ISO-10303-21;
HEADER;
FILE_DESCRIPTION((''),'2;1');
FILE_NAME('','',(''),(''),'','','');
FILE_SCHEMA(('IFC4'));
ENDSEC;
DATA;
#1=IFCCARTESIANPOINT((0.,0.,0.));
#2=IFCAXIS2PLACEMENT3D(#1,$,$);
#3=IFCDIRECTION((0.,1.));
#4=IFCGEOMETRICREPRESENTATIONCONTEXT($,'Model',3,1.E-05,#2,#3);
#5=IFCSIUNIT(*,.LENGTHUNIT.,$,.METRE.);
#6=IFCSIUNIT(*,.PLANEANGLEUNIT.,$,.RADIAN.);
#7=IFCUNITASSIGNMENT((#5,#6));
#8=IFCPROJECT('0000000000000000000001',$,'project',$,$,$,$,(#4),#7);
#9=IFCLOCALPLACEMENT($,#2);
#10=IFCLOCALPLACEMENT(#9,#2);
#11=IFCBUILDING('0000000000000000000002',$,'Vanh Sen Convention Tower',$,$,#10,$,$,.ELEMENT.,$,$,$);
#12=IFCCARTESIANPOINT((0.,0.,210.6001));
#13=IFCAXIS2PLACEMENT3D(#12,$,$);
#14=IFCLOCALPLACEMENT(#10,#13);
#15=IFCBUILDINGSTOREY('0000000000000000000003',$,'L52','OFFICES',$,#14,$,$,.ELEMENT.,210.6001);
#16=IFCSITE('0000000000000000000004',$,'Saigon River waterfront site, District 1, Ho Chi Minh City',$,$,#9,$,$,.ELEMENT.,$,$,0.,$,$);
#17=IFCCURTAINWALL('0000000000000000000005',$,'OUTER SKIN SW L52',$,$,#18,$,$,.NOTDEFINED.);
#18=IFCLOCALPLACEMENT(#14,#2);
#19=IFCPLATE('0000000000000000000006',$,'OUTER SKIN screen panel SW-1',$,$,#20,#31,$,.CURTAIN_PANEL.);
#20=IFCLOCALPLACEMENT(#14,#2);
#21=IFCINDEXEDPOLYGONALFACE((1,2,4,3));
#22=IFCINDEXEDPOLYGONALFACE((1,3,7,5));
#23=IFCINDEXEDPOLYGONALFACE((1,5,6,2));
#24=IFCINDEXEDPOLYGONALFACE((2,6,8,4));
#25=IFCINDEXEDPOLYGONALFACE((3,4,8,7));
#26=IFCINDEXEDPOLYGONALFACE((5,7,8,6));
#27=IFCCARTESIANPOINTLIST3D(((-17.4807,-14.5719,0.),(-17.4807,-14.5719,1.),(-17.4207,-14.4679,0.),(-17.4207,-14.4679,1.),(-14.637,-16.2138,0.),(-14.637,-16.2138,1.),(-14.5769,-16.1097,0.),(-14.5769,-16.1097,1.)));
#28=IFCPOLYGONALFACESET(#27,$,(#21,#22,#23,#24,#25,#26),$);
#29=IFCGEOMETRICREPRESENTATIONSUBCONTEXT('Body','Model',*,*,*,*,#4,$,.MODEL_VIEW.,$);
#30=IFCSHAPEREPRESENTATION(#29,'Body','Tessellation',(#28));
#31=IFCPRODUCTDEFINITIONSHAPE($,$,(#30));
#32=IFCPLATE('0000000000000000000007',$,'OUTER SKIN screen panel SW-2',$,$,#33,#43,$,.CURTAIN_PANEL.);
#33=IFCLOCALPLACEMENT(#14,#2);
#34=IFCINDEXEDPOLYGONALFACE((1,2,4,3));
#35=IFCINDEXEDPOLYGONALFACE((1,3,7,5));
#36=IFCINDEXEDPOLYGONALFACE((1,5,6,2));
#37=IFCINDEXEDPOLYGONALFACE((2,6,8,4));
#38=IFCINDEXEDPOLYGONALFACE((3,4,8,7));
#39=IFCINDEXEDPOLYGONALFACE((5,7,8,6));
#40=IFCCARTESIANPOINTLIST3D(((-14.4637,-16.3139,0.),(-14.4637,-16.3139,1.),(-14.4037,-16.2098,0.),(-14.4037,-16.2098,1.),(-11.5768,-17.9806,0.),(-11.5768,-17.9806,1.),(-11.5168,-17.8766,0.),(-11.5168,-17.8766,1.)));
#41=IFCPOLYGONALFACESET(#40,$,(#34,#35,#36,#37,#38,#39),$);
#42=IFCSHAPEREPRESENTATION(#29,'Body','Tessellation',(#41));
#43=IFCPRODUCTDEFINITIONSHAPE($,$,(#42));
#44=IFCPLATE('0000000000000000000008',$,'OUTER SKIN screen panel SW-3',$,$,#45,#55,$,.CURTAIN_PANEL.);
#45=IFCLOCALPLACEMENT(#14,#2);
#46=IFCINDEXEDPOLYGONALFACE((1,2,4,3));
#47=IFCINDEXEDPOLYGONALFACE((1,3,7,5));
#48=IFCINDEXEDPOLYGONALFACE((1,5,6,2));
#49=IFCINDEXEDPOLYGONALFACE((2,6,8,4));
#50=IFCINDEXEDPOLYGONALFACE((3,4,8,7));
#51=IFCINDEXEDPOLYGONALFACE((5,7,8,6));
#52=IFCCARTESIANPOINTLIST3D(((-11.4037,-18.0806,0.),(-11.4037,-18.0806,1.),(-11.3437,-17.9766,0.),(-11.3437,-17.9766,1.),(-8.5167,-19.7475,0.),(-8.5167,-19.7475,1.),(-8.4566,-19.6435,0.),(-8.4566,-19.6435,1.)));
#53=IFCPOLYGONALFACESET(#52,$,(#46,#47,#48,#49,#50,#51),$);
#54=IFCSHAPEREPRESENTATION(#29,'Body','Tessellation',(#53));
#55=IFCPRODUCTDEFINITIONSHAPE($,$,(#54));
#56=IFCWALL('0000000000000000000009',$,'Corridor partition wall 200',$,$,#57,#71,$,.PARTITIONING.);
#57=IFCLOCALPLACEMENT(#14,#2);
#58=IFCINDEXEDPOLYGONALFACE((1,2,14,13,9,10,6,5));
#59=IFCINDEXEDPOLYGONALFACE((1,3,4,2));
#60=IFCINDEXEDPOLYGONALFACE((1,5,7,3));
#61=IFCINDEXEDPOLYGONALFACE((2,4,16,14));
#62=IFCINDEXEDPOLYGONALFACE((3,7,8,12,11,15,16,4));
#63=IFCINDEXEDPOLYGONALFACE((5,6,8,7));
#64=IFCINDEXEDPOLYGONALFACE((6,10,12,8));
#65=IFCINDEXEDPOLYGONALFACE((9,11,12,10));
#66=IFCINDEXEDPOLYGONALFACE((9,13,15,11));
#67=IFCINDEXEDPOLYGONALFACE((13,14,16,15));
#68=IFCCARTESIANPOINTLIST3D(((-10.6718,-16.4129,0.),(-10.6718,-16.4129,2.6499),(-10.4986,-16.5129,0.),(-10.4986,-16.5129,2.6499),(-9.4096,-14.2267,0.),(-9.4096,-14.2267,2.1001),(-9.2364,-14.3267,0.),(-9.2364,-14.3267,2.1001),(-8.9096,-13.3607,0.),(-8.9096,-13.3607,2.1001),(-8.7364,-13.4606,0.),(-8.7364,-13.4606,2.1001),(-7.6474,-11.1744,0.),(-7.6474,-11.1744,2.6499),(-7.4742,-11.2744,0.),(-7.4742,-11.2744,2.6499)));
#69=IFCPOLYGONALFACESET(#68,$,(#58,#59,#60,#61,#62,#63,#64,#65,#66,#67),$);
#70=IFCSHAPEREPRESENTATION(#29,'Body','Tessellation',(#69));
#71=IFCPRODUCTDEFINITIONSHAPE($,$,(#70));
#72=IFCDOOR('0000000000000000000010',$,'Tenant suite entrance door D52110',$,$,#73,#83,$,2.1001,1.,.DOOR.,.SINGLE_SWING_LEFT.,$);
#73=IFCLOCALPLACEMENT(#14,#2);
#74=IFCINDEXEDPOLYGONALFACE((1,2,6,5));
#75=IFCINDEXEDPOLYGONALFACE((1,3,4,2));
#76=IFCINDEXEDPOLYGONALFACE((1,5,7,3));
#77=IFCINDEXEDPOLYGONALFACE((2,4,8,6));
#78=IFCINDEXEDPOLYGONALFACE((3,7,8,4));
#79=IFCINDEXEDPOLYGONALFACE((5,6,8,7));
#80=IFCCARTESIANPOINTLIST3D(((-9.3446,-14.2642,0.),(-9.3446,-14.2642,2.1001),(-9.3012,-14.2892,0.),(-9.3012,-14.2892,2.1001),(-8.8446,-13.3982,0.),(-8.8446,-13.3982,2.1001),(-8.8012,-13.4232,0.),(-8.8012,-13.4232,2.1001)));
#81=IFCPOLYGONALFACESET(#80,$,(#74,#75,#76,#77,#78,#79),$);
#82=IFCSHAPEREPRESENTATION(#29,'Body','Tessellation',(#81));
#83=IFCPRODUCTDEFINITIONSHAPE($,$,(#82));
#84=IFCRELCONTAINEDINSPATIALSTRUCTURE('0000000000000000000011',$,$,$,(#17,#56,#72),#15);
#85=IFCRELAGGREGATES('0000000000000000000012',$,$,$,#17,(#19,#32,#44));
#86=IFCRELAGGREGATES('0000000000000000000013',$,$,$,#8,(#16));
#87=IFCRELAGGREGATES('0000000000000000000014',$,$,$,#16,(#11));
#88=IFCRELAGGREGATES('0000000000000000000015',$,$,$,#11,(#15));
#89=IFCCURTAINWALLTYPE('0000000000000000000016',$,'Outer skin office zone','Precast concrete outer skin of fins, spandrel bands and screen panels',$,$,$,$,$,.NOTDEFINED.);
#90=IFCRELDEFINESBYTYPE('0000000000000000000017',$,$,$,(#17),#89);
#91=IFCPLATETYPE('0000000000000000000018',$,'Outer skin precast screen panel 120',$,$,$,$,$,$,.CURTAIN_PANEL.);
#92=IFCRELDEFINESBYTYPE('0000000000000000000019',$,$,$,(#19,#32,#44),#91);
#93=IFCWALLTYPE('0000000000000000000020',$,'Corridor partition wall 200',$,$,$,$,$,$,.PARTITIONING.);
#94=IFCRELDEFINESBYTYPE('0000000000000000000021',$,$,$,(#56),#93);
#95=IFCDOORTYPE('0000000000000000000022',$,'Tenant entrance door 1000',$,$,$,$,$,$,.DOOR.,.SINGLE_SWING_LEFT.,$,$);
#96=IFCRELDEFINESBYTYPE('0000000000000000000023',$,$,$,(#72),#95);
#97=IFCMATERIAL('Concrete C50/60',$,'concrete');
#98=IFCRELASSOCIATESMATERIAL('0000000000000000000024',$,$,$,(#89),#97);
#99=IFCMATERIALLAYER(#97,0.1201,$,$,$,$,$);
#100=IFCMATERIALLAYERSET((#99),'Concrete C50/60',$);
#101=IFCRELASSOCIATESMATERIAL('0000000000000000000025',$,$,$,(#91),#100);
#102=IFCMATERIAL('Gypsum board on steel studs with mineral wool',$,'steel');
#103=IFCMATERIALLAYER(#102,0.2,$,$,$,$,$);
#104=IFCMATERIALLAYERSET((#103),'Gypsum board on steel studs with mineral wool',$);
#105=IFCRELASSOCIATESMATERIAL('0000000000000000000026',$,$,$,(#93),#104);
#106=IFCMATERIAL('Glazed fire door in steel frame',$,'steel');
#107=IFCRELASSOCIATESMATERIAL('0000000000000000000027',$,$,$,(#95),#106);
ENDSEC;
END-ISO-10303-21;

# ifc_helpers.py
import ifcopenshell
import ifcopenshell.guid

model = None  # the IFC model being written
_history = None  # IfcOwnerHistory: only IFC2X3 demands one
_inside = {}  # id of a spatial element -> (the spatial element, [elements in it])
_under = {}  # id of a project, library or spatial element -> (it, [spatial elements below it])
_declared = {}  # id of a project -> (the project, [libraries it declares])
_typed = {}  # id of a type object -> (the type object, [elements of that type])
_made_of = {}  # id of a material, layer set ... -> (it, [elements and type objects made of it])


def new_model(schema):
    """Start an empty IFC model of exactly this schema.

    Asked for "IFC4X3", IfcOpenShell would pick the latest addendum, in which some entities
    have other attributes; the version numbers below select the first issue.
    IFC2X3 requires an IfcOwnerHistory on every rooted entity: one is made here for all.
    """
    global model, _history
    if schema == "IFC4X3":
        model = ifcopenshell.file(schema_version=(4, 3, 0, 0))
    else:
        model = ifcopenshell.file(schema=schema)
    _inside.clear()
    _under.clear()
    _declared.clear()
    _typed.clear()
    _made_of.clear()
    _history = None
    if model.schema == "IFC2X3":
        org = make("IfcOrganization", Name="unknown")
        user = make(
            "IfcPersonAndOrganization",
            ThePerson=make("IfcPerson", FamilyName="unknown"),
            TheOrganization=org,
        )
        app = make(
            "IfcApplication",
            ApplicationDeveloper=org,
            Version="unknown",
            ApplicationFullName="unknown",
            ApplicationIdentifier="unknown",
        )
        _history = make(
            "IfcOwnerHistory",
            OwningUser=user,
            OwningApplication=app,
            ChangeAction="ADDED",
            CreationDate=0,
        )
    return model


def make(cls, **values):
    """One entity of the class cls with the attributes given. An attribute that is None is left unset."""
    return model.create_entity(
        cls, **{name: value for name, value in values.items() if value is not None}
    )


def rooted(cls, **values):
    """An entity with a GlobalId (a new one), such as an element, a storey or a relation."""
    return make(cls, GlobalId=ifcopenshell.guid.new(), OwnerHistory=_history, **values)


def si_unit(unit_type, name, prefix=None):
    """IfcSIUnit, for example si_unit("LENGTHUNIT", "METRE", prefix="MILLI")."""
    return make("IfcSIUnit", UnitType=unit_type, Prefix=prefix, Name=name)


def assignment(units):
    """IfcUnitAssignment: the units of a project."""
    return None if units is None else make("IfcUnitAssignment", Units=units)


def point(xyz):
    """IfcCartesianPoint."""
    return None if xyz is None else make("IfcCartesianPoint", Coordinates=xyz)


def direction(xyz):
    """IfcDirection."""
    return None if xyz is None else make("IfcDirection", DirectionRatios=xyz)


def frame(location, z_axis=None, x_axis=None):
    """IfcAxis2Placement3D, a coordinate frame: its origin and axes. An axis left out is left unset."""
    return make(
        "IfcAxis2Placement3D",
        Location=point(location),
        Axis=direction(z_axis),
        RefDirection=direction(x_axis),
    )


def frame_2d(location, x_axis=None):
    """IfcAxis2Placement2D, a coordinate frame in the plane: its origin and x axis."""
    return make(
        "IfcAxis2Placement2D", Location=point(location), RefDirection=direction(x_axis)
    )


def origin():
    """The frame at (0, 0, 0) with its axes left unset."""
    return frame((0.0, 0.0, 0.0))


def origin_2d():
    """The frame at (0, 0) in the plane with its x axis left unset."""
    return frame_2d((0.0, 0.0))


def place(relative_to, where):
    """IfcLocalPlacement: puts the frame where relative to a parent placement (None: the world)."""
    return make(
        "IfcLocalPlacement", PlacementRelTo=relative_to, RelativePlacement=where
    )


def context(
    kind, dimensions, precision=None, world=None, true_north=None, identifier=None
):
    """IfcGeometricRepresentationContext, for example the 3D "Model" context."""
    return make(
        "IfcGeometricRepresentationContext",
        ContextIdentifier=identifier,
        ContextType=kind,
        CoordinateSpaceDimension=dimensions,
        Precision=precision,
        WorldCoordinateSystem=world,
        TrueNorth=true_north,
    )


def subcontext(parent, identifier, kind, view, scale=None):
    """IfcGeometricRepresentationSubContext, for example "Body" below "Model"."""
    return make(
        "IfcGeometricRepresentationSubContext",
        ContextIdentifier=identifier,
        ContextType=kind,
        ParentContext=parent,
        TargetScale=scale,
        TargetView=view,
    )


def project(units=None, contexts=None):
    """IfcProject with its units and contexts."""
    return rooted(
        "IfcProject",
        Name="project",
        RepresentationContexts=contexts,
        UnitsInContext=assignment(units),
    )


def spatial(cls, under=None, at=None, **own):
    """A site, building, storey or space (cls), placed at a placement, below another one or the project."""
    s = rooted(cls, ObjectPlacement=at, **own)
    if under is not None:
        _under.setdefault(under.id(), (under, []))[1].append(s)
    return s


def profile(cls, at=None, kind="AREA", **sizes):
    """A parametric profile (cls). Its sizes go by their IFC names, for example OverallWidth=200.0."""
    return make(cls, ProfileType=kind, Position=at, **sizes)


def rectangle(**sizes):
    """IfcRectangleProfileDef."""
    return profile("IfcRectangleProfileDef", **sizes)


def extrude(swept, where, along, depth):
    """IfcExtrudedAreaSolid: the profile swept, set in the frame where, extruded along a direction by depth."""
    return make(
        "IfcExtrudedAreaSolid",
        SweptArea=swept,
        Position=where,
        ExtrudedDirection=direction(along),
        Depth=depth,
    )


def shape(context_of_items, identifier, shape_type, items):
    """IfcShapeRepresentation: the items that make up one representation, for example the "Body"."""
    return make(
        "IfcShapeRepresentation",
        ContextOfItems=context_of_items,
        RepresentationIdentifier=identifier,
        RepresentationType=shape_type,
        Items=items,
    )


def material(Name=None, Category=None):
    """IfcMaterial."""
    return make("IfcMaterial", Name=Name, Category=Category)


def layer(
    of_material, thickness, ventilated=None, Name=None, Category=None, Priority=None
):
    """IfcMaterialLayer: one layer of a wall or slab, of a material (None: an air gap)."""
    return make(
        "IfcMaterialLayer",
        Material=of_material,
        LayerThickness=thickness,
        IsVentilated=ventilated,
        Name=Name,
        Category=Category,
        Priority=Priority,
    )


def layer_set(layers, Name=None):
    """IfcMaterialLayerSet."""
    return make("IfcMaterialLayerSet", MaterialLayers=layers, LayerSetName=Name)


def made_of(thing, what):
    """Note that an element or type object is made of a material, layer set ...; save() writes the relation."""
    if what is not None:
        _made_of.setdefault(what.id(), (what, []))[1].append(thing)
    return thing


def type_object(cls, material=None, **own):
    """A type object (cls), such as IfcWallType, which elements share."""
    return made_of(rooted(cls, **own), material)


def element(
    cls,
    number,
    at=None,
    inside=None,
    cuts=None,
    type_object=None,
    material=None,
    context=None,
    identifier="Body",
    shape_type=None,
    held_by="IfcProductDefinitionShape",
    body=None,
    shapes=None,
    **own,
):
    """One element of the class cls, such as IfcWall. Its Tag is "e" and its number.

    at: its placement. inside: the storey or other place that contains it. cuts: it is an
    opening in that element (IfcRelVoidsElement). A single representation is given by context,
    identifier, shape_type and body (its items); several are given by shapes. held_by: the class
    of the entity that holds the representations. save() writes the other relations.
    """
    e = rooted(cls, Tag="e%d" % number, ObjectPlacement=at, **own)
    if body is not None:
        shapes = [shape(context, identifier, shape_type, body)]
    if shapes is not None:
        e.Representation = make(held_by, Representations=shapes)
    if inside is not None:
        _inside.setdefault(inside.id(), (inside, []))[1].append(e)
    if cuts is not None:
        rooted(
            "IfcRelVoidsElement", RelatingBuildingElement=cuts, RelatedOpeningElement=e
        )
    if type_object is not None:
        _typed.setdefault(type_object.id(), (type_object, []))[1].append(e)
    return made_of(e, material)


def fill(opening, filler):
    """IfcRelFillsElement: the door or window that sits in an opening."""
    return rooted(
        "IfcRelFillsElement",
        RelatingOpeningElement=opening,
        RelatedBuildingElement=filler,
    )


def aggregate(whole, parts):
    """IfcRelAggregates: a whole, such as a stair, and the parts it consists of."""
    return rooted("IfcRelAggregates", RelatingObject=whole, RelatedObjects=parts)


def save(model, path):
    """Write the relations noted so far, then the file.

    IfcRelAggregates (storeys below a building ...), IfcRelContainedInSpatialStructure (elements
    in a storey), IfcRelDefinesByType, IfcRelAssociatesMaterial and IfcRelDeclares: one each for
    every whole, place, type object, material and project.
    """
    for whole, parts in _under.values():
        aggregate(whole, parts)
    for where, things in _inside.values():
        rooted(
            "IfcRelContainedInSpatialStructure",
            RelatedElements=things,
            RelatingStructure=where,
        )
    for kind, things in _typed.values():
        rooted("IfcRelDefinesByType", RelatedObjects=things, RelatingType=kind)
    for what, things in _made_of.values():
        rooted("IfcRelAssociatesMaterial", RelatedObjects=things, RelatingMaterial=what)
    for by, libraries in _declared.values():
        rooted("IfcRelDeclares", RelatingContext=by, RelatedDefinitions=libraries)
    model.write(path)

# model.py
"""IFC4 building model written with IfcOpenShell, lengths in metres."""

from ifc_helpers import new_model, si_unit, direction, frame, frame_2d, origin, origin_2d, place, context, subcontext, project, spatial, rectangle, extrude, material, layer, layer_set, type_object, element, fill, aggregate, save


model = new_model("IFC4")

# Units and contexts
model_context = context("Model", 3, precision=1e-05, world=origin(), true_north=direction((0.0, 1.0)))
body_context = subcontext(model_context, "Body", "Model", "MODEL_VIEW")
ifc_project = project(units=[si_unit("LENGTHUNIT", "METRE"), si_unit("PLANEANGLEUNIT", "RADIAN")], contexts=[model_context])

# Site, building, storey
site_placement = place(None, origin())
site = spatial("IfcSite", under=ifc_project, at=site_placement, Name="Saigon River waterfront site, District 1, Ho Chi Minh City", CompositionType="ELEMENT", RefElevation=0.0)
building_placement = place(site_placement, origin())
building = spatial("IfcBuilding", under=site, at=building_placement, Name="Vanh Sen Convention Tower", CompositionType="ELEMENT")
storey_placement = place(building_placement, frame((0.0, 0.0, 210.6001)))
storey = spatial("IfcBuildingStorey", under=building, at=storey_placement, Name="L52", Description="OFFICES", CompositionType="ELEMENT", Elevation=210.6001)

# Curtain wall
ifc_material_1 = material(Name="Concrete C50/60", Category="concrete")
curtain_wall_type = type_object("IfcCurtainWallType", Name="Outer skin office zone", Description="Precast concrete outer skin of fins, spandrel bands and screen panels", PredefinedType="NOTDEFINED", material=ifc_material_1)
curtain_wall_placement = place(storey_placement, origin())
curtain_wall = element("IfcCurtainWall", 1, at=curtain_wall_placement, inside=storey, type_object=curtain_wall_type, Name="OUTER SKIN SW L52", PredefinedType="NOTDEFINED")

# Plates
ifc_layer_1 = layer(ifc_material_1, 0.1201)
ifc_layer_set_1 = layer_set([ifc_layer_1], Name="Concrete C50/60")
plate_type = type_object("IfcPlateType", Name="Outer skin precast screen panel 120", PredefinedType="CURTAIN_PANEL", material=ifc_layer_set_1)
plate_1_placement = place(storey_placement, frame((-16.0288, -15.3408, 0.0), z_axis=(0.0, 0.0, 1.0), x_axis=(0.866026, -0.499998, 0.0)))
plate_1 = element("IfcPlate", 2, at=plate_1_placement, type_object=plate_type, Name="OUTER SKIN screen panel SW-1", PredefinedType="CURTAIN_PANEL", context=body_context, shape_type="SweptSolid", body=[
    extrude(rectangle(XDim=3.2837, YDim=0.1201, at=origin_2d()), origin(), (0.0, 0.0, 1.0), 1.0),
])
plate_2_placement = place(storey_placement, frame((-12.9902, -17.0952, 0.0), z_axis=(0.0, 0.0, 1.0), x_axis=(0.866026, -0.499998, 0.0)))
plate_2 = element("IfcPlate", 3, at=plate_2_placement, type_object=plate_type, Name="OUTER SKIN screen panel SW-2", PredefinedType="CURTAIN_PANEL", context=body_context, shape_type="SweptSolid", body=[
    extrude(rectangle(XDim=3.3335, YDim=0.1201, at=origin_2d()), origin(), (0.0, 0.0, 1.0), 1.0),
])
plate_3_placement = place(storey_placement, frame((-9.9302, -18.8621, 0.0), z_axis=(0.0, 0.0, 1.0), x_axis=(0.866014, -0.50002, 0.0)))
plate_3 = element("IfcPlate", 4, at=plate_3_placement, type_object=plate_type, Name="OUTER SKIN screen panel SW-3", PredefinedType="CURTAIN_PANEL", context=body_context, shape_type="SweptSolid", body=[
    extrude(rectangle(XDim=3.3337, YDim=0.1201, at=origin_2d()), origin(), (0.0, 0.0, 1.0), 1.0),
])
aggregate(curtain_wall, [plate_1, plate_2, plate_3])

# Wall, opening, door
ifc_material_2 = material(Name="Gypsum board on steel studs with mineral wool", Category="steel")
ifc_layer_2 = layer(ifc_material_2, 0.2)
ifc_layer_set_2 = layer_set([ifc_layer_2], Name="Gypsum board on steel studs with mineral wool")
wall_type_1 = type_object("IfcWallType", Name="Corridor partition wall 200", PredefinedType="PARTITIONING", material=ifc_layer_set_2)
wall_1_placement = place(storey_placement, frame((-10.5852, -16.4629, 0.0), z_axis=(0.0, 0.0, 1.0), x_axis=(0.499994, 0.866029, 0.0)))
wall_1 = element("IfcWall", 5, at=wall_1_placement, inside=storey, type_object=wall_type_1, Name="Corridor partition wall 200", PredefinedType="PARTITIONING", context=body_context, shape_type="SweptSolid", body=[
    extrude(rectangle(XDim=6.0488, YDim=0.2, at=frame_2d((3.0244, 0.0))), origin(), (0.0, 0.0, 1.0), 2.6499),
])
opening_1_placement = place(wall_1_placement, frame((2.5244, 0.0, 0.0)))
opening_1 = element("IfcOpeningElement", 6, at=opening_1_placement, cuts=wall_1, PredefinedType="OPENING", context=body_context, shape_type="SweptSolid", body=[
    extrude(rectangle(XDim=1.0, YDim=2.1001, at=frame_2d((0.5, 1.05))), frame((0.0, 0.1099, 0.0), z_axis=(0.0, -1.0, 0.0), x_axis=(1.0, 0.0, 0.0)), (0.0, 0.0, 1.0), 0.22),
])
ifc_material_3 = material(Name="Glazed fire door in steel frame", Category="steel")
door_type = type_object("IfcDoorType", Name="Tenant entrance door 1000", OperationType="SINGLE_SWING_LEFT", PredefinedType="DOOR", material=ifc_material_3)
door_placement = place(opening_1_placement, origin())
door = element("IfcDoor", 7, at=door_placement, inside=storey, type_object=door_type, Name="Tenant suite entrance door D52110", OperationType="SINGLE_SWING_LEFT", OverallHeight=2.1001, OverallWidth=1.0, PredefinedType="DOOR", context=body_context, shape_type="SweptSolid", body=[
    extrude(rectangle(XDim=1.0, YDim=2.1001, at=frame_2d((0.5, 1.05))), frame((0.0, 0.0249, 0.0), z_axis=(0.0, -1.0, 0.0), x_axis=(1.0, 0.0, 0.0)), (0.0, 0.0, 1.0), 0.05),
])
fill(opening_1, door)

save(model, "model.ifc")
